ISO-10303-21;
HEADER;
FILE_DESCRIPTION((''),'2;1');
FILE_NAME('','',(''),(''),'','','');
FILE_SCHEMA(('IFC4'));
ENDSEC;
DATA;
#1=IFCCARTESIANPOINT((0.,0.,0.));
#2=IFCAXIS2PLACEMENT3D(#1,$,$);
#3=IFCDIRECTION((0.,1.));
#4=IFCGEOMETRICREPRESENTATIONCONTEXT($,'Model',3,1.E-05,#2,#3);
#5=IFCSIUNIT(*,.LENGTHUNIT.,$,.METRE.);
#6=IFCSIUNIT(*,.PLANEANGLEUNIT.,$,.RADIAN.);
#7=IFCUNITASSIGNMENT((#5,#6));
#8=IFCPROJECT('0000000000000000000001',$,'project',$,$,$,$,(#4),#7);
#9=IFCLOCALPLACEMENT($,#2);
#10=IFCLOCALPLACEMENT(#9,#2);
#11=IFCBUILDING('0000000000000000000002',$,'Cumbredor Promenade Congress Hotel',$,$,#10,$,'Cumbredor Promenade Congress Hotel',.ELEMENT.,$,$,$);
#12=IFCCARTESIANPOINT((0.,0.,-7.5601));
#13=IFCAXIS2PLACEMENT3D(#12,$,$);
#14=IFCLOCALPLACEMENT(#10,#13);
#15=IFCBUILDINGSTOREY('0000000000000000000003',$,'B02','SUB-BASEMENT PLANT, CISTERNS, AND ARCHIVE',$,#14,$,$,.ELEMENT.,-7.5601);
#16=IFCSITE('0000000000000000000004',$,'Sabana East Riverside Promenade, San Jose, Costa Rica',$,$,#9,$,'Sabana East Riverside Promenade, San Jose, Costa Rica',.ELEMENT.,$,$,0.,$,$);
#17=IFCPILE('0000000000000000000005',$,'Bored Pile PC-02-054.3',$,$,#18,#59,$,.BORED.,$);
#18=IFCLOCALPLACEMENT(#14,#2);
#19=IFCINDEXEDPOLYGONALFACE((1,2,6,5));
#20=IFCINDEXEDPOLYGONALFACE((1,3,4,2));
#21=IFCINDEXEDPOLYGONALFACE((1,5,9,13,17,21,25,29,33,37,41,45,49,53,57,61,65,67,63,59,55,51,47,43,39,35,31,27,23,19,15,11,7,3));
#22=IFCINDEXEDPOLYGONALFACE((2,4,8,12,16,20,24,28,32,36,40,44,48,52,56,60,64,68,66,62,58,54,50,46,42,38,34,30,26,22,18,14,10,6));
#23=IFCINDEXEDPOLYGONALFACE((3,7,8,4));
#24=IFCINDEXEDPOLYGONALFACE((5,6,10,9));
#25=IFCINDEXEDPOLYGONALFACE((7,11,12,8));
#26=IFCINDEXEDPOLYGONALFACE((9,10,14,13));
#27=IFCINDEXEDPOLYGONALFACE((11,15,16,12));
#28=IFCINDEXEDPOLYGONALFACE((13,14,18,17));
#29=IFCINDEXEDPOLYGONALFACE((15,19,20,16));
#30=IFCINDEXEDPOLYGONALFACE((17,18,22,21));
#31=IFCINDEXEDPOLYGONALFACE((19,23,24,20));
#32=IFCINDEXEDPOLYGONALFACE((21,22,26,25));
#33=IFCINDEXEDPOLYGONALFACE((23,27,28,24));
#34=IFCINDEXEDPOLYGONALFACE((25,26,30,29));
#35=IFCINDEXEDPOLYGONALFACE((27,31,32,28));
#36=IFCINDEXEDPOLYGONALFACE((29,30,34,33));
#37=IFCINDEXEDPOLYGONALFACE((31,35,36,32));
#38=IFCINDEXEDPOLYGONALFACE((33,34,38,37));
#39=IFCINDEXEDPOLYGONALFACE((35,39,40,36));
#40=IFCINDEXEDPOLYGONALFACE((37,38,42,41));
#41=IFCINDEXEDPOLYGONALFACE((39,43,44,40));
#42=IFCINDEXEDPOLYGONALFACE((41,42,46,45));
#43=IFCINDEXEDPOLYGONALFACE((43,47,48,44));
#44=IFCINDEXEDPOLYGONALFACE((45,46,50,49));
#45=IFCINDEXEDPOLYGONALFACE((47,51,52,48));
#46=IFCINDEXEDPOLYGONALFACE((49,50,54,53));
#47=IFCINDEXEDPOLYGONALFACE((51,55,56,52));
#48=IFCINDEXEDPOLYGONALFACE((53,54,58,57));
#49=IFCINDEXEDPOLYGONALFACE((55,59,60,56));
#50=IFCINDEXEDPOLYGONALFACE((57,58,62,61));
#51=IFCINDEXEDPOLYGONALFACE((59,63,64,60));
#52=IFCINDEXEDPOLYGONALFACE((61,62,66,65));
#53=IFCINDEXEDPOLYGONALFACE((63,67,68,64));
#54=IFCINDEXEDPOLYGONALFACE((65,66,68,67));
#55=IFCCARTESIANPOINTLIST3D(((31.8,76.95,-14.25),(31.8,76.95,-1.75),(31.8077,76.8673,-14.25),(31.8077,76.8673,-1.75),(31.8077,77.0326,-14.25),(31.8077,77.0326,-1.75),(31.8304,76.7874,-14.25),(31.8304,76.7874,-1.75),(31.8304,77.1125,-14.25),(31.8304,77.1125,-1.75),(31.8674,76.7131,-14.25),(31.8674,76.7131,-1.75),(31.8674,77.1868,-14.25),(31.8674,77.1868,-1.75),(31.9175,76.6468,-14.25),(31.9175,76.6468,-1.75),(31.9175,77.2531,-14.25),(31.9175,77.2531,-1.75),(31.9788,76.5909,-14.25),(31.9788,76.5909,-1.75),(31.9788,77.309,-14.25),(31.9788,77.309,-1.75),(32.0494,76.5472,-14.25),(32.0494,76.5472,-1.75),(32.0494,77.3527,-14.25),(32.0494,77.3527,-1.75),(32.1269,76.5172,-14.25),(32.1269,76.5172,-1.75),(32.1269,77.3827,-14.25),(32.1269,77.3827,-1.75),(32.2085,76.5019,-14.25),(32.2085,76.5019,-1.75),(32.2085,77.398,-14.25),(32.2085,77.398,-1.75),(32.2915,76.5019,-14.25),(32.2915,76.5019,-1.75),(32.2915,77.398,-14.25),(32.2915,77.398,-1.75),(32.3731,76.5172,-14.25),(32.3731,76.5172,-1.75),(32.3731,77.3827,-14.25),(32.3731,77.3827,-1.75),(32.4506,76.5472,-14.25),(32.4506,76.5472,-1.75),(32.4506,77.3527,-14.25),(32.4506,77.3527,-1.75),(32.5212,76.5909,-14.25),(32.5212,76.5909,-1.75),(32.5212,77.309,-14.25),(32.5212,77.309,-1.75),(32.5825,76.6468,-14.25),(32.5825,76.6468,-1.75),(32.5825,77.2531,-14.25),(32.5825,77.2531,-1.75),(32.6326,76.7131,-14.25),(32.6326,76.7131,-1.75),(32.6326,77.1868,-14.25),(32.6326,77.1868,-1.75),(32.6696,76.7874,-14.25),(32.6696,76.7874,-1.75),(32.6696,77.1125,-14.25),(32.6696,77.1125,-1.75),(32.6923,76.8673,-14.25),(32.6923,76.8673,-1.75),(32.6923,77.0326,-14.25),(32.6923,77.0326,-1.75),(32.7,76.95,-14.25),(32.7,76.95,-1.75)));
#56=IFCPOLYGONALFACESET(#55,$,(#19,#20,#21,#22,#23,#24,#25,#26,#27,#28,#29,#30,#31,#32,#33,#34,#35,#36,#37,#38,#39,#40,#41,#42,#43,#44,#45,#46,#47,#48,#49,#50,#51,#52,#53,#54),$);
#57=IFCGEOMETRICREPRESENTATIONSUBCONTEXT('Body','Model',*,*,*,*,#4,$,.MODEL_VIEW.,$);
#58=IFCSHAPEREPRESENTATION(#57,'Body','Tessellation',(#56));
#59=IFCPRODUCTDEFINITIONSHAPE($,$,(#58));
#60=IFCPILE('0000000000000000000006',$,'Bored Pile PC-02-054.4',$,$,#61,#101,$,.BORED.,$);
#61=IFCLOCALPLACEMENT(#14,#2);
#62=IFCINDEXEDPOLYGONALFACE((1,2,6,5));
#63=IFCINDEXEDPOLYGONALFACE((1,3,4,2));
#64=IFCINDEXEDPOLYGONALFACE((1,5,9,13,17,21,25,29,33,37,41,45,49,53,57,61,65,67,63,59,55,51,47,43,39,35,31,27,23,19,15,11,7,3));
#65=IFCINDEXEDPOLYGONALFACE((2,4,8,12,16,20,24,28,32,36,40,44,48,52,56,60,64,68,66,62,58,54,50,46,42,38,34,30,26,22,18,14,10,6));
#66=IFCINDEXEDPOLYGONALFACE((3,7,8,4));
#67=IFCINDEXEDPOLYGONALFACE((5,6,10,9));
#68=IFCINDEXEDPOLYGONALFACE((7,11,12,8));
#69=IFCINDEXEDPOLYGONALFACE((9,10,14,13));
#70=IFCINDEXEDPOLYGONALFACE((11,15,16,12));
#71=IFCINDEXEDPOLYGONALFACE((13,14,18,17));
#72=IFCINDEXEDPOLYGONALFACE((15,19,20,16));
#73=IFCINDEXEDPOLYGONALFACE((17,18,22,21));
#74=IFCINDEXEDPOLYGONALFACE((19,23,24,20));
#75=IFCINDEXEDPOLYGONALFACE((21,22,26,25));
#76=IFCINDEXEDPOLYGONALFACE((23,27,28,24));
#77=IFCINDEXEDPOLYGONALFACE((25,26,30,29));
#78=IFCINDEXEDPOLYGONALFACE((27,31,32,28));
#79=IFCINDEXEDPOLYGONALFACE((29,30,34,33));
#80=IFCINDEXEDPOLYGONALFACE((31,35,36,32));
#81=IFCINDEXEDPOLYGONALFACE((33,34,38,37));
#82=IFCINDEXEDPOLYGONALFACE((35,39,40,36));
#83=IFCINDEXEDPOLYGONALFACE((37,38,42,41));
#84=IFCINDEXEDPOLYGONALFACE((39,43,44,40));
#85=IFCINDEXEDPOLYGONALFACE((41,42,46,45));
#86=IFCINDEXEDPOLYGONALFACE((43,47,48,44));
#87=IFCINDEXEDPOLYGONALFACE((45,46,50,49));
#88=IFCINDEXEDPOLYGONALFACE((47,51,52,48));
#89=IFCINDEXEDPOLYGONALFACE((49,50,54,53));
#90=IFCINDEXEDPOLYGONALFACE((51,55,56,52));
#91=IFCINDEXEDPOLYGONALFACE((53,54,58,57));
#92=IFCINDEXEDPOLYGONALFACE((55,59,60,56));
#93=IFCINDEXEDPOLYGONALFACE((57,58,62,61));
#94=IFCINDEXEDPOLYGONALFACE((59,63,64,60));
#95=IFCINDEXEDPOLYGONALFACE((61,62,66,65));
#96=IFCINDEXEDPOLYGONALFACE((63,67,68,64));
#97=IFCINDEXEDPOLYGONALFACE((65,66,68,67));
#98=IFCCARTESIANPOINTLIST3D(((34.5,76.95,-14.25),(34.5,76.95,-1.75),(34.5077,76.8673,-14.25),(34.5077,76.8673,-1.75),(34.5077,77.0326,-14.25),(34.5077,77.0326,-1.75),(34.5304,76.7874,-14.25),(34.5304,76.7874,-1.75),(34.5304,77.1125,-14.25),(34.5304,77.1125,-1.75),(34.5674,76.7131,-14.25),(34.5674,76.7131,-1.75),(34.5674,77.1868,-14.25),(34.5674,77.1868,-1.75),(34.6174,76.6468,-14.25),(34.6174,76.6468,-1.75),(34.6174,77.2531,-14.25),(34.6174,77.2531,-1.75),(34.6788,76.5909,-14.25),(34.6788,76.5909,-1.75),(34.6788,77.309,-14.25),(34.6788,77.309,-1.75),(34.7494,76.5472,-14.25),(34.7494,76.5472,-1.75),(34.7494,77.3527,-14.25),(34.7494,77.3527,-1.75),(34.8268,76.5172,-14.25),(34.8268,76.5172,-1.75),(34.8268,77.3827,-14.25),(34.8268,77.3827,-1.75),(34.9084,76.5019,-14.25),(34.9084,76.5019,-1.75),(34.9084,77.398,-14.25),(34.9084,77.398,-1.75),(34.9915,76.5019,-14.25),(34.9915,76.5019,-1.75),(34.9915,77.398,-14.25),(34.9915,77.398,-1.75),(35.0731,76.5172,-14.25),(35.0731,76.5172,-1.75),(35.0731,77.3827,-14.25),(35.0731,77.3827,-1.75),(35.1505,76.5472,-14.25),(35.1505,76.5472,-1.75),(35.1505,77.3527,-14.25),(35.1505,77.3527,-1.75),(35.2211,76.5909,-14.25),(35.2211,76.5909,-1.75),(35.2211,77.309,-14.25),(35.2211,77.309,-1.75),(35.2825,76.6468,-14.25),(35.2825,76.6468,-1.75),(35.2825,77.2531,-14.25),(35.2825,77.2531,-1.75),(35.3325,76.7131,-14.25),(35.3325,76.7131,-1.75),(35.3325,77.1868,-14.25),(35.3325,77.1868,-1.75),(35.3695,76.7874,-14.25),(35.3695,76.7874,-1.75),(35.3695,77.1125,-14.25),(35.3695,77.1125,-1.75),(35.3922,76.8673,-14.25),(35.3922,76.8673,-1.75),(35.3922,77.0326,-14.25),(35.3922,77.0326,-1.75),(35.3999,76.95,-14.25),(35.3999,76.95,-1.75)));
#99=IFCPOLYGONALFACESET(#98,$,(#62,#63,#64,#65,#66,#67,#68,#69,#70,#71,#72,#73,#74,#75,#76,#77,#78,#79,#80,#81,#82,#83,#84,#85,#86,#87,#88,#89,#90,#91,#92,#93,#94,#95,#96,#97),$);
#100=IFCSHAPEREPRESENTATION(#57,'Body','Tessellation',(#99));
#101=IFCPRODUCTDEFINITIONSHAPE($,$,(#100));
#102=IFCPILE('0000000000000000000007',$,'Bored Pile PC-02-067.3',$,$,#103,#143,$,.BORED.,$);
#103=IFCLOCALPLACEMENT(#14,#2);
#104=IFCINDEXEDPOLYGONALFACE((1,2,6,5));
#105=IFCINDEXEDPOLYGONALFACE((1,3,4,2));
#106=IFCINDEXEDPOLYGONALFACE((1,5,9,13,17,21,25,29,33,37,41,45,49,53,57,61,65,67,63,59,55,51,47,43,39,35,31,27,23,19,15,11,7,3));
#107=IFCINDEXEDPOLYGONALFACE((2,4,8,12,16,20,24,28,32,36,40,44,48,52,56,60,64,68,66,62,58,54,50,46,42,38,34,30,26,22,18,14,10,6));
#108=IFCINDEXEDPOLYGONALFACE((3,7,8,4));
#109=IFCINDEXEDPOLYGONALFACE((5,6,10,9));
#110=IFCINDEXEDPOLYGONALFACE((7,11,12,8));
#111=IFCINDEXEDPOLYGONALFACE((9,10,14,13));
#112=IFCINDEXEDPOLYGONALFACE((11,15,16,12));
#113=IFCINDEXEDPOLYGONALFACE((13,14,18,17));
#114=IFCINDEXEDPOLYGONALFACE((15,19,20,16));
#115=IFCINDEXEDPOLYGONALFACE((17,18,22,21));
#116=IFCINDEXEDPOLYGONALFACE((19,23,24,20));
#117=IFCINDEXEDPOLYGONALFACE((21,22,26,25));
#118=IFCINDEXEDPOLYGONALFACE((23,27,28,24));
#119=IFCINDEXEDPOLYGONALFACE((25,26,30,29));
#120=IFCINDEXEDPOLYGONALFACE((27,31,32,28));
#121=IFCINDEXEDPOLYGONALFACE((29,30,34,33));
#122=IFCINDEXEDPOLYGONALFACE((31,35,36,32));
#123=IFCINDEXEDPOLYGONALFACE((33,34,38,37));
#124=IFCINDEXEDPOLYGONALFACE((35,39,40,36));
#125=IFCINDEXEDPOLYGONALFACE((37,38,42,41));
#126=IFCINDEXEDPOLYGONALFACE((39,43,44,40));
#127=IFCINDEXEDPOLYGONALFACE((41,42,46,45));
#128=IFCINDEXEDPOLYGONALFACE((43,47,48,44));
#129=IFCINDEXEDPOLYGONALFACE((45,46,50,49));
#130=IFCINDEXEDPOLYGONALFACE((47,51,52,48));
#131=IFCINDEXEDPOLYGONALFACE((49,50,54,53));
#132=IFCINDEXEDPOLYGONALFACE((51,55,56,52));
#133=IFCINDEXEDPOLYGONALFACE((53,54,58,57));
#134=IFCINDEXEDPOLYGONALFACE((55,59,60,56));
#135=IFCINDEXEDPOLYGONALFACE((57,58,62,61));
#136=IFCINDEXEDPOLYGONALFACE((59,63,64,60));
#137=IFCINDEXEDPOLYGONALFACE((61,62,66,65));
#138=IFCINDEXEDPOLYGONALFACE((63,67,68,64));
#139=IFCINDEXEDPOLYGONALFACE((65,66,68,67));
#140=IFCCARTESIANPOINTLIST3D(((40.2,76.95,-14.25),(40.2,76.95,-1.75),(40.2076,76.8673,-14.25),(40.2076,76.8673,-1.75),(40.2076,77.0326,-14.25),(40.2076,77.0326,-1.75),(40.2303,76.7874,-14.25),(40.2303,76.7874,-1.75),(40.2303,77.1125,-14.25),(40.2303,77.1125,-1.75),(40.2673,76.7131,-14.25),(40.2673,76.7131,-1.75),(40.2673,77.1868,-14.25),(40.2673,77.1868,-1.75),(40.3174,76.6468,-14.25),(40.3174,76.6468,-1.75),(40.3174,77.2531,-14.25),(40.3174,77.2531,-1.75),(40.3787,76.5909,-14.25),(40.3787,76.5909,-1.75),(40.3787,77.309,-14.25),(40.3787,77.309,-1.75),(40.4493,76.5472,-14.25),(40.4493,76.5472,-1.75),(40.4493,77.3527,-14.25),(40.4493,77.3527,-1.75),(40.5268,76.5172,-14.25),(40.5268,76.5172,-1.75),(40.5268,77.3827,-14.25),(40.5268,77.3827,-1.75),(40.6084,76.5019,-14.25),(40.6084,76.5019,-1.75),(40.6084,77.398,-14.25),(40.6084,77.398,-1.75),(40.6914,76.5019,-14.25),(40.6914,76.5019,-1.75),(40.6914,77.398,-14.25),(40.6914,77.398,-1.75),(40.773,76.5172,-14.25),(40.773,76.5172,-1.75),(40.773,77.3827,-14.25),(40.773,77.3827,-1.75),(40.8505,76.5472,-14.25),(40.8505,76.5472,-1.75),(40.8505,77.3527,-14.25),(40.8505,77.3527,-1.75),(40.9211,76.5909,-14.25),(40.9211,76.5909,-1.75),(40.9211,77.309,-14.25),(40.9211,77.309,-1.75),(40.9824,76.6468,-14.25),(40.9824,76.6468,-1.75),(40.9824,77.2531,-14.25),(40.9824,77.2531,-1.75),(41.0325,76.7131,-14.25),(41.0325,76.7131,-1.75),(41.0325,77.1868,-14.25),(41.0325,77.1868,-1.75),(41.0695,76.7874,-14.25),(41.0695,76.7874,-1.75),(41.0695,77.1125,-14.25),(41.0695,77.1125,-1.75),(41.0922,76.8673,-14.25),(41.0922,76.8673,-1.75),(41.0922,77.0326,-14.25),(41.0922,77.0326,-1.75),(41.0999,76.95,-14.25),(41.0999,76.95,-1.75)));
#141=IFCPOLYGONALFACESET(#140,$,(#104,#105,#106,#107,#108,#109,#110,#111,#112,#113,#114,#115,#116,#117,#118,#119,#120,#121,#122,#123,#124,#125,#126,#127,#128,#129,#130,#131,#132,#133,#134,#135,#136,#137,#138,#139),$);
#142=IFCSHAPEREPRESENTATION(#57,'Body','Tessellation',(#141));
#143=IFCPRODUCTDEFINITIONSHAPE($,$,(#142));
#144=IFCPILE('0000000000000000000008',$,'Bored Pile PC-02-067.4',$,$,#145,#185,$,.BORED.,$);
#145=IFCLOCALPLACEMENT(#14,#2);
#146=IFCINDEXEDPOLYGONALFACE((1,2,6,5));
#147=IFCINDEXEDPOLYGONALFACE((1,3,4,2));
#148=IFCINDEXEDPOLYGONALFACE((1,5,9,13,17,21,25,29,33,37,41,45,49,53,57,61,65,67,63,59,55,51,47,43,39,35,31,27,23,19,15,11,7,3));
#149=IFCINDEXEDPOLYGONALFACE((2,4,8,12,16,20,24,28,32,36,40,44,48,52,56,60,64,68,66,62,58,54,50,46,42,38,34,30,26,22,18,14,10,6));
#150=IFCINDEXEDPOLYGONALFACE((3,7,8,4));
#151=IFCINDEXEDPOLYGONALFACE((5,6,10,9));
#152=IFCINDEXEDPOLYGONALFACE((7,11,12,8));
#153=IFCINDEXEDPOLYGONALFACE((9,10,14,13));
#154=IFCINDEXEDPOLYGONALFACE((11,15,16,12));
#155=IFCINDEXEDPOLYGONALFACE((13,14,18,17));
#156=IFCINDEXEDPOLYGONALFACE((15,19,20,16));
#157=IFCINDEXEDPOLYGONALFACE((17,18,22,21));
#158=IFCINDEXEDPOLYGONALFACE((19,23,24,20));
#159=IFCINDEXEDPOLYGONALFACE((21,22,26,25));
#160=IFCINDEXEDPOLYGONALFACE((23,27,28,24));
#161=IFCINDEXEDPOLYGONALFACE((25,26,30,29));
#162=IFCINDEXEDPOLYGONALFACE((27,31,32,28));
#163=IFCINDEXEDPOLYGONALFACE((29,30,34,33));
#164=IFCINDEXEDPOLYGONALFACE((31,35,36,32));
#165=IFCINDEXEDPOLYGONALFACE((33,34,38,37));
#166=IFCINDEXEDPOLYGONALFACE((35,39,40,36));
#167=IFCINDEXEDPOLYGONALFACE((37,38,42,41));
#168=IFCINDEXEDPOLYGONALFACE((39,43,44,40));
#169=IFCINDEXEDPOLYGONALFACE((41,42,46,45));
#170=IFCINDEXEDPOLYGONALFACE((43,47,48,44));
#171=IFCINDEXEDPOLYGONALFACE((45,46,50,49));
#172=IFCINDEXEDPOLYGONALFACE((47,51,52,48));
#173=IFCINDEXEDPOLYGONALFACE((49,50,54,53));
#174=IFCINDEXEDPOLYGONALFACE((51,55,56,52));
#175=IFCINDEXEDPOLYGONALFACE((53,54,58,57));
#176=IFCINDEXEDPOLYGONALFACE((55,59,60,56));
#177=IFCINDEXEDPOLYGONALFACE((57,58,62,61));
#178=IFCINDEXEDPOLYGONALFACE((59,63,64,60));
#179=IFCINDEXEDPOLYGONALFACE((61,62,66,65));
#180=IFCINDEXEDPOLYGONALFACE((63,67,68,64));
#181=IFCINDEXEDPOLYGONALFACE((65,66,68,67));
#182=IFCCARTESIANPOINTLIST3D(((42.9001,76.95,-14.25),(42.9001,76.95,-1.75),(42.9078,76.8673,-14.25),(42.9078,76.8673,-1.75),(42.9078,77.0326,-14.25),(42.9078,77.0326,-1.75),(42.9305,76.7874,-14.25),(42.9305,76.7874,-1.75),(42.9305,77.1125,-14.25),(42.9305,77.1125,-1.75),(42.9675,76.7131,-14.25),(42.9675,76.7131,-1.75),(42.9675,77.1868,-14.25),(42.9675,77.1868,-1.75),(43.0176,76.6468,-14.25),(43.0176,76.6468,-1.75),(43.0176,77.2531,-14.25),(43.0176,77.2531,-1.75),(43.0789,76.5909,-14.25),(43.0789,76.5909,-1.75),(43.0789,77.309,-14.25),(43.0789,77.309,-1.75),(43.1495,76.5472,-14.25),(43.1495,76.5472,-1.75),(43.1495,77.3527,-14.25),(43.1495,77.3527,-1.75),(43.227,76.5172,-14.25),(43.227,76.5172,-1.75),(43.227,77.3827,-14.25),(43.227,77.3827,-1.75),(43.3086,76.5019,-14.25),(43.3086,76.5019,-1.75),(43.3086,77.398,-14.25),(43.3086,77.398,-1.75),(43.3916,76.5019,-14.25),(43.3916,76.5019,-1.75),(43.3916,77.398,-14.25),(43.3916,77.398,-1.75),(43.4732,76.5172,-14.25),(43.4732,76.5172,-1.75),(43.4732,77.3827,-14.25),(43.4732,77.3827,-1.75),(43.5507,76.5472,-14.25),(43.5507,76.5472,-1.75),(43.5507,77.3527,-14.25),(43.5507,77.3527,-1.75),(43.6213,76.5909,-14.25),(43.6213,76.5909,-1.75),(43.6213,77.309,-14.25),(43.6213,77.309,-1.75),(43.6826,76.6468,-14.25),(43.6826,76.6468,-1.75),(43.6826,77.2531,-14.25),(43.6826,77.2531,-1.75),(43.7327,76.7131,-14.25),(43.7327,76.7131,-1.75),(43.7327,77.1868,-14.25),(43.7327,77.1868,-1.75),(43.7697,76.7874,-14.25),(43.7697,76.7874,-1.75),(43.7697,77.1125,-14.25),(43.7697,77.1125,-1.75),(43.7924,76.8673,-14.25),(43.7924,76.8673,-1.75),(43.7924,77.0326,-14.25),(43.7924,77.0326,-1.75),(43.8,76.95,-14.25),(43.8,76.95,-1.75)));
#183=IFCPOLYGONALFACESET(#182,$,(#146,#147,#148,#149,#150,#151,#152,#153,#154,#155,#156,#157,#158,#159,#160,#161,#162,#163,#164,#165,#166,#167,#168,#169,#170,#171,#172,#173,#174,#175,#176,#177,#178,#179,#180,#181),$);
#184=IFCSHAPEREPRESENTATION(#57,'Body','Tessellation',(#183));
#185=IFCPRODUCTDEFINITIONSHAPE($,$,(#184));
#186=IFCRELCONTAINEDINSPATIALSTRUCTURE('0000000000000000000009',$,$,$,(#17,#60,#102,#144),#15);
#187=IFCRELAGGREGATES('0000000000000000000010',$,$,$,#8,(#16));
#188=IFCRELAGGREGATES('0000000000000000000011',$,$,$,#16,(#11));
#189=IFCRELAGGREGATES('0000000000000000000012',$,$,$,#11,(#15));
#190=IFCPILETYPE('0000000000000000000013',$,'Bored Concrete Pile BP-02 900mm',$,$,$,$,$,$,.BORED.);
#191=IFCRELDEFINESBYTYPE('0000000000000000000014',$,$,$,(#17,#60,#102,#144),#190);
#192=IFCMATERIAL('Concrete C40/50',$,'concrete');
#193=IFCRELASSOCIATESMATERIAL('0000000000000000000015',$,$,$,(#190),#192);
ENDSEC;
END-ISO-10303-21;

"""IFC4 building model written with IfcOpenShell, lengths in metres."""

from ifc_helpers import new_model, si_unit, direction, frame, origin, origin_2d, place, context, subcontext, project, spatial, circle, extrude, material, material_profile, profile_set, type_object, element, save


model = new_model("IFC4")

# Units and contexts
model_context = context("Model", 3, precision=1e-05, world=origin(), true_north=direction((0.0, 1.0)))
body_context = subcontext(model_context, "Body", "Model", "MODEL_VIEW")
ifc_project = project(units=[si_unit("LENGTHUNIT", "METRE"), si_unit("PLANEANGLEUNIT", "RADIAN")], contexts=[model_context])

# Site, building, storey
site_placement = place(None, origin())
site = spatial("IfcSite", under=ifc_project, at=site_placement, Name="Sabana East Riverside Promenade, San Jose, Costa Rica", LongName="Sabana East Riverside Promenade, San Jose, Costa Rica", CompositionType="ELEMENT", RefElevation=0.0)
building_placement = place(site_placement, origin())
building = spatial("IfcBuilding", under=site, at=building_placement, Name="Cumbredor Promenade Congress Hotel", LongName="Cumbredor Promenade Congress Hotel", CompositionType="ELEMENT")
storey_placement = place(building_placement, frame((0.0, 0.0, -7.5601)))
storey = spatial("IfcBuildingStorey", under=building, at=storey_placement, Name="B02", Description="SUB-BASEMENT PLANT, CISTERNS, AND ARCHIVE", CompositionType="ELEMENT", Elevation=-7.5601)

# Piles
ifc_material_1 = material(Name="Concrete C40/50", Category="concrete")
ifc_material_profile_1 = material_profile(ifc_material_1, circle(Radius=0.45, at=origin_2d()), Name="PILE D900")
ifc_profile_set_1 = profile_set([ifc_material_profile_1], Name="Concrete C40/50")
pile_type_1 = type_object("IfcPileType", Name="Bored Concrete Pile BP-02 900mm", PredefinedType="BORED", material=ifc_profile_set_1)
for number, where, z_axis, x_axis, name in (
    (1, (32.25, 76.95, -1.75), (0.0, 0.0, -1.0), (1.0, 0.0, 0.0), "Bored Pile PC-02-054.3"),
    (2, (34.95, 76.95, -1.75), (0.0, 0.0, -1.0), (1.0, 0.0, 0.0), "Bored Pile PC-02-054.4"),
    (3, (40.6499, 76.95, -1.75), (0.0, 0.0, -1.0), (1.0, 0.0, 0.0), "Bored Pile PC-02-067.3"),
    (4, (43.3501, 76.95, -1.75), (0.0, 0.0, -1.0), (1.0, 0.0, 0.0), "Bored Pile PC-02-067.4"),
):
    element("IfcPile", number, at=place(storey_placement, frame(where, z_axis=z_axis, x_axis=x_axis)), inside=storey, type_object=pile_type_1, Name=name, PredefinedType="BORED", context=body_context, shape_type="SweptSolid", body=[
        extrude(circle(Radius=0.45, at=origin_2d()), origin(), (0.0, 0.0, 1.0), 12.5),
    ])

save(model, "model.ifc")
